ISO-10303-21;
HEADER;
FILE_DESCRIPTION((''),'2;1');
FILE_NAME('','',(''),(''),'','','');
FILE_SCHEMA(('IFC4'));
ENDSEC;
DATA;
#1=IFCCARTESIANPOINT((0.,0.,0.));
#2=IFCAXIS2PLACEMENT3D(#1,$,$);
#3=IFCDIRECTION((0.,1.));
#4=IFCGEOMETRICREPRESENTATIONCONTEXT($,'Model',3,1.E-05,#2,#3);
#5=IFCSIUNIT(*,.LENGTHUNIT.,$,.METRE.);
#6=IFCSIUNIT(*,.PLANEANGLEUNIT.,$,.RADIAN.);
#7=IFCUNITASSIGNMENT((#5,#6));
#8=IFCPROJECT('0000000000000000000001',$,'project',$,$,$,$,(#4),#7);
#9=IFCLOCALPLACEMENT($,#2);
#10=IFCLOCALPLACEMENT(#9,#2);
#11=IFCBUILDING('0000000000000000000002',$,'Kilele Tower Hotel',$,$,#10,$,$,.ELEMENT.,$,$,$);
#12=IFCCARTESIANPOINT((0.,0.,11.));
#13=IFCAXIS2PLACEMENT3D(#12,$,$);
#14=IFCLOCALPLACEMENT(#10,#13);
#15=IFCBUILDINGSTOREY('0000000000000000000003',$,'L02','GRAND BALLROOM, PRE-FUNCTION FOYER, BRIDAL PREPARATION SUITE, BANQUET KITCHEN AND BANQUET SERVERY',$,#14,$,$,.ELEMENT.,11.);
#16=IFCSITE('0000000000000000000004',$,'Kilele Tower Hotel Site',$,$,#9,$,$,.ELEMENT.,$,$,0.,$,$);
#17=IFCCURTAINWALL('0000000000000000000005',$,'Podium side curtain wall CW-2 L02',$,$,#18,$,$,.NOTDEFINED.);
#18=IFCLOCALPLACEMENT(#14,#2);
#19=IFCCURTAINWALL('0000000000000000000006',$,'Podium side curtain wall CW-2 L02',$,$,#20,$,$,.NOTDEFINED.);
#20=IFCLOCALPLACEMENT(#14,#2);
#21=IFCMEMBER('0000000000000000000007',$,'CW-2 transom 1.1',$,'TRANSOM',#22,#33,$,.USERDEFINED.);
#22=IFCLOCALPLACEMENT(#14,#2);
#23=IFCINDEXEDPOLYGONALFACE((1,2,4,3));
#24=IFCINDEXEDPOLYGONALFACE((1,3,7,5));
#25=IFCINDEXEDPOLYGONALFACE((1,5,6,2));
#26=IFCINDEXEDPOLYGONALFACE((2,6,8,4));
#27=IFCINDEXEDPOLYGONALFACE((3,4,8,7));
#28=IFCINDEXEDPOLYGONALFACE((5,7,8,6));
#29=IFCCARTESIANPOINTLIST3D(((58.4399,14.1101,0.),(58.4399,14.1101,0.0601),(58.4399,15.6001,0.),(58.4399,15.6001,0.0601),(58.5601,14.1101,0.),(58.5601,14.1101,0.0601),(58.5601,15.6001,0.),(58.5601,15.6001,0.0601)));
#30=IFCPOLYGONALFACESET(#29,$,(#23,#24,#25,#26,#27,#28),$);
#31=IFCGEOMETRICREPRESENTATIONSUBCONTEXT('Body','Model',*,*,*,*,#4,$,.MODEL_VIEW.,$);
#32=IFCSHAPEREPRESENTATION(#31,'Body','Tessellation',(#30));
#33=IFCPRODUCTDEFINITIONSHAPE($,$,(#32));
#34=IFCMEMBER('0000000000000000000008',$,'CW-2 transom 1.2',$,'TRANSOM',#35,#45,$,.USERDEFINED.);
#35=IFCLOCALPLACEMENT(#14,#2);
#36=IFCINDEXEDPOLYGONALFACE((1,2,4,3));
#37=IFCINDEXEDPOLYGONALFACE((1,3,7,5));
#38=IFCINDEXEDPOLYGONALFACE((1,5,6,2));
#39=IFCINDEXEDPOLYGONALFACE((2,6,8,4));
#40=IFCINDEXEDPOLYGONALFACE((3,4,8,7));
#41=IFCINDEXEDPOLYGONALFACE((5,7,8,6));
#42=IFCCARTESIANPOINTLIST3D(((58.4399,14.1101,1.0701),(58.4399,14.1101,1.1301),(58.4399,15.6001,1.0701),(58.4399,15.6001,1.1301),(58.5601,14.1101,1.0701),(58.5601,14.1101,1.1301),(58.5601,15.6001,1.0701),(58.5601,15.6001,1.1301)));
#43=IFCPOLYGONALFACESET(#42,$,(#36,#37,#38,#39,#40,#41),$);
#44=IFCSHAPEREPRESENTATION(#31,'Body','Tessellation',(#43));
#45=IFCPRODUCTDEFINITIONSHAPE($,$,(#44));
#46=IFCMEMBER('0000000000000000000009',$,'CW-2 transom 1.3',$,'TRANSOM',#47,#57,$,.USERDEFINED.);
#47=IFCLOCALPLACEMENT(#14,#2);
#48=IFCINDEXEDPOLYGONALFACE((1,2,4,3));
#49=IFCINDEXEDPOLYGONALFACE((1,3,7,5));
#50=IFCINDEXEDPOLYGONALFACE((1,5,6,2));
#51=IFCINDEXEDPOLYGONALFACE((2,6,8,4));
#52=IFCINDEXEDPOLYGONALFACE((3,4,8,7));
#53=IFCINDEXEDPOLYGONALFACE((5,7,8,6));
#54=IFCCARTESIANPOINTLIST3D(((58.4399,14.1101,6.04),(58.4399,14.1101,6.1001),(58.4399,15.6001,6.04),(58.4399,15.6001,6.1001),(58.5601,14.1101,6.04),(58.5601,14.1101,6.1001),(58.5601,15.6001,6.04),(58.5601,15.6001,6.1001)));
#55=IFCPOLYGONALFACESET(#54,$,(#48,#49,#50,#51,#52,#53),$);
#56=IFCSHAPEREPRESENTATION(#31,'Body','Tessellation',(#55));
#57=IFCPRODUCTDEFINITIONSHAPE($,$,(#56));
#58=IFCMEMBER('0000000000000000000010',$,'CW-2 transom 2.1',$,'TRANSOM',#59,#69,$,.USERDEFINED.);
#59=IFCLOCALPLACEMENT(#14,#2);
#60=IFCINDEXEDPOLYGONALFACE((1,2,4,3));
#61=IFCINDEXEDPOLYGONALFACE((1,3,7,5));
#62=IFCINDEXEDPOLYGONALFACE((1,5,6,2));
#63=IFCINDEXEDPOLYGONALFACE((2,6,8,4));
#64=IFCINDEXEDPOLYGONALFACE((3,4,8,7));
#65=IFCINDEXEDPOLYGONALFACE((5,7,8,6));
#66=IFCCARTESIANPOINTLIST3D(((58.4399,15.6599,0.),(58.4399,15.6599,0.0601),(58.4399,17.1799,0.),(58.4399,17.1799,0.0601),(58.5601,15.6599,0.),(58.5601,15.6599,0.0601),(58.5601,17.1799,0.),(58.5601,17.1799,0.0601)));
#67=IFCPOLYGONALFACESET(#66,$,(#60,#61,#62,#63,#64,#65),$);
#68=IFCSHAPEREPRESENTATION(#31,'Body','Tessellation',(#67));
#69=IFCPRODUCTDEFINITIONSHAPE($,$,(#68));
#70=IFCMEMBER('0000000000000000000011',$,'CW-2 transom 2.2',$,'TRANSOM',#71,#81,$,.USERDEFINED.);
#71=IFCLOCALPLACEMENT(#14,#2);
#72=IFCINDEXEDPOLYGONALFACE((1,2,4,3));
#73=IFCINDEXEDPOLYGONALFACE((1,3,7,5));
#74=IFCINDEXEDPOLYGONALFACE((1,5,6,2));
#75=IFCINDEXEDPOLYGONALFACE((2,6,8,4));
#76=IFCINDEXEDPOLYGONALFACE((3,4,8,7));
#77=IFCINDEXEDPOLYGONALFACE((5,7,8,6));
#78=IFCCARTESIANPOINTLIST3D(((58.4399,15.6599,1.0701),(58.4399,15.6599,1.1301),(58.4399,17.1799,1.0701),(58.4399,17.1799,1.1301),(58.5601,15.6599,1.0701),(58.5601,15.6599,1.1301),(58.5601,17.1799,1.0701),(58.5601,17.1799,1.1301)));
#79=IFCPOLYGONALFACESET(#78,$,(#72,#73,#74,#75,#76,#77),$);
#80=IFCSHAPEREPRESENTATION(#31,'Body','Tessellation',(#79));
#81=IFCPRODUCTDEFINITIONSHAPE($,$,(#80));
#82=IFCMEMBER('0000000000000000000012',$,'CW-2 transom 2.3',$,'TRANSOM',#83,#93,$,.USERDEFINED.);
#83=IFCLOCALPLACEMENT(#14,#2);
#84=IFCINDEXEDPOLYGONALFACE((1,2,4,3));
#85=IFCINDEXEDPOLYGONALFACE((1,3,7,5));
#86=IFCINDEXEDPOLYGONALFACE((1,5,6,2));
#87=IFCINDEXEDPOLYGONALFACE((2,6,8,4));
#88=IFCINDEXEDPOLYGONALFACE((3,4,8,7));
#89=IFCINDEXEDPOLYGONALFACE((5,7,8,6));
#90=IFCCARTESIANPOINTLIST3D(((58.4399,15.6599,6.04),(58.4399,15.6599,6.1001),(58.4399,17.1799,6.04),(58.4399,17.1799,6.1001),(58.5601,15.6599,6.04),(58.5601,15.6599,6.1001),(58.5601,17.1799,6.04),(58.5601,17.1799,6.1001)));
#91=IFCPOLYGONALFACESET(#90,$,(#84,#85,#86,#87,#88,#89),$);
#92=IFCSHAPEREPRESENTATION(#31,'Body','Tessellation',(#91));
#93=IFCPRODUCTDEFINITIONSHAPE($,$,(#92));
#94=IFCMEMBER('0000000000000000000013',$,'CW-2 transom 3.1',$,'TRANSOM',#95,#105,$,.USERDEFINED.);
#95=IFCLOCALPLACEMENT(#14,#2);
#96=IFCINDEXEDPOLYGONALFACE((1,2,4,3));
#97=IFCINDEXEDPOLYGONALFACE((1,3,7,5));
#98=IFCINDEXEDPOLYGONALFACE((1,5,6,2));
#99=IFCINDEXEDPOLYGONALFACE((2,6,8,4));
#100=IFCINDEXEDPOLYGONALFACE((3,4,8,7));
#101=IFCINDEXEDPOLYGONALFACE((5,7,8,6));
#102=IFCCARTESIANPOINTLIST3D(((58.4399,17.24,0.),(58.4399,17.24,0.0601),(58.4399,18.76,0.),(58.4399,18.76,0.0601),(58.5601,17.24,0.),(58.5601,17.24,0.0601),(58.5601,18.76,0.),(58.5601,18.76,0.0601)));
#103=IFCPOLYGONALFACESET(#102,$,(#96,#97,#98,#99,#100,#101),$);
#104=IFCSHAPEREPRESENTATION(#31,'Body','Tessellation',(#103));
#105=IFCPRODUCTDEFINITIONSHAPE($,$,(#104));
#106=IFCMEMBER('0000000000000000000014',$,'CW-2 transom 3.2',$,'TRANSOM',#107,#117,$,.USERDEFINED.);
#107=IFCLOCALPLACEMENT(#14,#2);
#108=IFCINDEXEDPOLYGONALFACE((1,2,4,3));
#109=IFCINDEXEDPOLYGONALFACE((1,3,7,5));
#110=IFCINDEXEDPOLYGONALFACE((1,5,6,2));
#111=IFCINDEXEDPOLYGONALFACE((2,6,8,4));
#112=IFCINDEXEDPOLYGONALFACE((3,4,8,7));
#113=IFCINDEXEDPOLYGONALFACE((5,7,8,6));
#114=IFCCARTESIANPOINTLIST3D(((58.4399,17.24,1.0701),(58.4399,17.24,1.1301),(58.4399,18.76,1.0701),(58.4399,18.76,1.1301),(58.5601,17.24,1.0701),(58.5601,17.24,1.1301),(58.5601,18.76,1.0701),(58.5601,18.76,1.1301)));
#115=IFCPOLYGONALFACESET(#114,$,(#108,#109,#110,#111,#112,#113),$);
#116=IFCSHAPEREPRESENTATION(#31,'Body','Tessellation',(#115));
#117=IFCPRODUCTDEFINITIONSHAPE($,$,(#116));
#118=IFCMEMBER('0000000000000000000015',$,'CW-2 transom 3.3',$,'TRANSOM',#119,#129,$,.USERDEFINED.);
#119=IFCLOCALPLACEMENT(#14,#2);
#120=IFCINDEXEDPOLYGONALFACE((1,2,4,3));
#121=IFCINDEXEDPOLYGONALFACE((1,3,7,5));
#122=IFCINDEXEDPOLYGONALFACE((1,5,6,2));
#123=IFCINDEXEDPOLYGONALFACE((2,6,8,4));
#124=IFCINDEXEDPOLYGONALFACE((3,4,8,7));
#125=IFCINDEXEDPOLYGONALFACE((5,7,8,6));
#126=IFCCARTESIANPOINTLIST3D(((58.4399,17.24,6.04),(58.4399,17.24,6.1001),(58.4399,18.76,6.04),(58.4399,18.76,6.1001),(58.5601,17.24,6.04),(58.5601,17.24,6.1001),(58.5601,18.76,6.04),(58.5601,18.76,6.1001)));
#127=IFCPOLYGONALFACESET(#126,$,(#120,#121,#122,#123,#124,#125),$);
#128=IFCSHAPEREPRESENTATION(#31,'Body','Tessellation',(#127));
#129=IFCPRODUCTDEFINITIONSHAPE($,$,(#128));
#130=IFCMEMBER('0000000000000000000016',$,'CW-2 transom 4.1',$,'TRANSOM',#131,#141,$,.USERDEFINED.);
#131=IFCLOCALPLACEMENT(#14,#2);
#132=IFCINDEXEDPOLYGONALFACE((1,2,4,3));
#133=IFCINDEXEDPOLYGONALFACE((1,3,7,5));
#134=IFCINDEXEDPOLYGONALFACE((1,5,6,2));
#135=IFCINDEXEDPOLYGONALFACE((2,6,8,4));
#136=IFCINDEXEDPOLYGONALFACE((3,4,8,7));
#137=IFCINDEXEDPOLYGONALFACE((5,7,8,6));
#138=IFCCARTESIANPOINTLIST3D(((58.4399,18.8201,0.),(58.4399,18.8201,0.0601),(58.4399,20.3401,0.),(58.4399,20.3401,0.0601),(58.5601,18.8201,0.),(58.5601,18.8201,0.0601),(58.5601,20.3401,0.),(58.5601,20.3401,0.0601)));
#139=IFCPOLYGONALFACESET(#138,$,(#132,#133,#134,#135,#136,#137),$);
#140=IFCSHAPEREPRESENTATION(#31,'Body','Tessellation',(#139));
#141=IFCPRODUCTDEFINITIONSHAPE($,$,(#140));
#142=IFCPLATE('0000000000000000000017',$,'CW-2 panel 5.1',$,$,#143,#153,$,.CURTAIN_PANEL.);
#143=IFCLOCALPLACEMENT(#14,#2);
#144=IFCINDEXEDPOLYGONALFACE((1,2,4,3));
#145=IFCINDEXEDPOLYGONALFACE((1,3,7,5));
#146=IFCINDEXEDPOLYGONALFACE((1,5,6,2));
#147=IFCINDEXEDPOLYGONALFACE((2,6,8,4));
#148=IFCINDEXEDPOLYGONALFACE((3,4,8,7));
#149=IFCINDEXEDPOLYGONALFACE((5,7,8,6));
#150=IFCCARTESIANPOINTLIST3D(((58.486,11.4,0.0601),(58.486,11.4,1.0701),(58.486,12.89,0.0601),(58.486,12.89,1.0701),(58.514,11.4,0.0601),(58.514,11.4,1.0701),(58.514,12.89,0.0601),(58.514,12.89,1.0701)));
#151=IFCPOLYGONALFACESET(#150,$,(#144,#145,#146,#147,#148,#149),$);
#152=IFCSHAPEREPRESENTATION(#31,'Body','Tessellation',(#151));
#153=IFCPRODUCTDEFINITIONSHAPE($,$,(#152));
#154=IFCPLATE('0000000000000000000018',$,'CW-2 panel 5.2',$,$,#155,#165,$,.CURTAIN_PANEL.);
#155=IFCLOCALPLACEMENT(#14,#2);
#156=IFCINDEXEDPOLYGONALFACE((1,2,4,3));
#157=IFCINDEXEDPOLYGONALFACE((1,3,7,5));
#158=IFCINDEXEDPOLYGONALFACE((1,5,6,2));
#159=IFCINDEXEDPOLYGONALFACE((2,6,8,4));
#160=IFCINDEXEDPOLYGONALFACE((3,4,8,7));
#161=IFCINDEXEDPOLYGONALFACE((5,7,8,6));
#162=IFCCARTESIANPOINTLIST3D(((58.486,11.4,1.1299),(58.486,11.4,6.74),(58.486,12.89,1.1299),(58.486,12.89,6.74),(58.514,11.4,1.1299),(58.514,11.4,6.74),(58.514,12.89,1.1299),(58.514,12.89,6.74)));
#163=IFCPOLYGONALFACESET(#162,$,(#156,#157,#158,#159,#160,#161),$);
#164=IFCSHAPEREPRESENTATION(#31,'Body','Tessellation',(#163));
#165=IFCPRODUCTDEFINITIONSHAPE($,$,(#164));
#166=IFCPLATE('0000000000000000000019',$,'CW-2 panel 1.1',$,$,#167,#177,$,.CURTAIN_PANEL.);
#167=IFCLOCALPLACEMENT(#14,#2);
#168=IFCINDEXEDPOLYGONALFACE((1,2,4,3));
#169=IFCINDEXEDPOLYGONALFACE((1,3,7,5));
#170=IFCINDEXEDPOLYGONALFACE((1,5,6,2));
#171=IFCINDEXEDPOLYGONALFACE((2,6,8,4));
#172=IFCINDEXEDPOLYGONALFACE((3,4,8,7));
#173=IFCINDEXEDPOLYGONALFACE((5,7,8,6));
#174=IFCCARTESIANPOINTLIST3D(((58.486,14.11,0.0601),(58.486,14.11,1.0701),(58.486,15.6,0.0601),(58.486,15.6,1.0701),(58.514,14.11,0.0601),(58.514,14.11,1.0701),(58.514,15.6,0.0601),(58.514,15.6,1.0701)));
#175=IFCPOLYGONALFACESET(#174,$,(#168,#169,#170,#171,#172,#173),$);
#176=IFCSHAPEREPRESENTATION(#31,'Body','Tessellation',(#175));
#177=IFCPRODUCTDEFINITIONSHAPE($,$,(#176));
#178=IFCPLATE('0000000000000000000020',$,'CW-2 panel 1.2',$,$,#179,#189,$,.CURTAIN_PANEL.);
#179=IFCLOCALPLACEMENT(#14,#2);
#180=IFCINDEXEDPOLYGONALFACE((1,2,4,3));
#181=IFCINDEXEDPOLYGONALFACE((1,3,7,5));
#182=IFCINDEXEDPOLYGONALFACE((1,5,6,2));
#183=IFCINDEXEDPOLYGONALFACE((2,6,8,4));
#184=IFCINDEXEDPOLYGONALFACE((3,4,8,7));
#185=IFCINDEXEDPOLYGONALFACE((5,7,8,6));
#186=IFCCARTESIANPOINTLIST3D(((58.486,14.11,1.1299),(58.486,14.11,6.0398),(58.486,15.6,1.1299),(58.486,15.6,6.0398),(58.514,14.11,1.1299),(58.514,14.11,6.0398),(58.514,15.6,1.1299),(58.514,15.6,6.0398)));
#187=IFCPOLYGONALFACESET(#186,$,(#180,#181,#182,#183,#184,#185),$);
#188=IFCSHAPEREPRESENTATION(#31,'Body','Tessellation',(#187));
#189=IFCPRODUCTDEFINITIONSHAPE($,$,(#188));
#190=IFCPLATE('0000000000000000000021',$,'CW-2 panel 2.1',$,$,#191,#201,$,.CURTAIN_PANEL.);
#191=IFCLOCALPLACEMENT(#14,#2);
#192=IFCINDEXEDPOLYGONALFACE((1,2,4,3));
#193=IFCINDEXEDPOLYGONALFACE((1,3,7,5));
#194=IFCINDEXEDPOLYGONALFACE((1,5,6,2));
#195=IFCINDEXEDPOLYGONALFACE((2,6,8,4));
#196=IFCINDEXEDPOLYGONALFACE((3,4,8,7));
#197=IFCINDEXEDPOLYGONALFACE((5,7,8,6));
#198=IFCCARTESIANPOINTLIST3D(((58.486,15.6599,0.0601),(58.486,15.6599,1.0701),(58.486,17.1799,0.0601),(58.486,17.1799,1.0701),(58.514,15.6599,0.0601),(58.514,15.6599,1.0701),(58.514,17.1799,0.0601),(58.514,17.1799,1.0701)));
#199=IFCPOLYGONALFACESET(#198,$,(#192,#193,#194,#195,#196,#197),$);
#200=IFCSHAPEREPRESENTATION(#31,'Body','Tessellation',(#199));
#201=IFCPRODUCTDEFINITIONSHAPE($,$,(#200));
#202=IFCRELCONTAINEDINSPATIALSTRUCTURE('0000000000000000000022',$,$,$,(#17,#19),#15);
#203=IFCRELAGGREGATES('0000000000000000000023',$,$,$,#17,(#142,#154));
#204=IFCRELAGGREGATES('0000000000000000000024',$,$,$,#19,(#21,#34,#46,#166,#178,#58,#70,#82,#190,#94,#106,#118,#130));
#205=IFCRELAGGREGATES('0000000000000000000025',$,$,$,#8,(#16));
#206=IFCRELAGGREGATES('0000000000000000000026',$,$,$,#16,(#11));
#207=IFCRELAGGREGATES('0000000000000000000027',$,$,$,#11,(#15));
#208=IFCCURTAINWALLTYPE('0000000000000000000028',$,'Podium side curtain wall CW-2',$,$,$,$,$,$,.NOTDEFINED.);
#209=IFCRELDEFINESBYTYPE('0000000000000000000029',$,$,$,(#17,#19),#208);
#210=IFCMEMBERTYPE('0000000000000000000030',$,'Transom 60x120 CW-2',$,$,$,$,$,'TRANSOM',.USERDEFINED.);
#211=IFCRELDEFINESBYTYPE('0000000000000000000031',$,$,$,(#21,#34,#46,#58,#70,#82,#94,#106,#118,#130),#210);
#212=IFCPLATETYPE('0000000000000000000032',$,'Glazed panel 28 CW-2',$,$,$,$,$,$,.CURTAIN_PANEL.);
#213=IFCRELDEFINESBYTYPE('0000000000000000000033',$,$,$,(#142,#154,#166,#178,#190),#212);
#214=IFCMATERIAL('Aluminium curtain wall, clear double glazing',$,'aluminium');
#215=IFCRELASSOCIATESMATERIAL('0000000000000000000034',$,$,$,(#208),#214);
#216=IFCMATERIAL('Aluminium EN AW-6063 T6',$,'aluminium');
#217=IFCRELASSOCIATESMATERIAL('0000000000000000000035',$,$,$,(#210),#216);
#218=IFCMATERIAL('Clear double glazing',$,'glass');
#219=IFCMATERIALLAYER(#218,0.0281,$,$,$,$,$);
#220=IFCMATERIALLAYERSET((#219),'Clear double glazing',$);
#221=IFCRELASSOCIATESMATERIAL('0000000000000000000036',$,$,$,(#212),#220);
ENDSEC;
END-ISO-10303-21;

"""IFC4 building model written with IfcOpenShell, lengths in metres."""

from ifc_helpers import new_model, si_unit, direction, frame, origin, origin_2d, place, context, subcontext, project, spatial, rectangle, extrude, material, layer, layer_set, material_profile, profile_set, type_object, element, aggregate, save


model = new_model("IFC4")

# Units and contexts
model_context = context("Model", 3, precision=1e-05, world=origin(), true_north=direction((0.0, 1.0)))
body_context = subcontext(model_context, "Body", "Model", "MODEL_VIEW")
ifc_project = project(units=[si_unit("LENGTHUNIT", "METRE"), si_unit("PLANEANGLEUNIT", "RADIAN")], contexts=[model_context])

# Site, building, storey
site_placement = place(None, origin())
site = spatial("IfcSite", under=ifc_project, at=site_placement, Name="Kilele Tower Hotel Site", CompositionType="ELEMENT", RefElevation=0.0)
building_placement = place(site_placement, origin())
building = spatial("IfcBuilding", under=site, at=building_placement, Name="Kilele Tower Hotel", CompositionType="ELEMENT")
storey_placement = place(building_placement, frame((0.0, 0.0, 11.0)))
storey = spatial("IfcBuildingStorey", under=building, at=storey_placement, Name="L02", Description="GRAND BALLROOM, PRE-FUNCTION FOYER, BRIDAL PREPARATION SUITE, BANQUET KITCHEN AND BANQUET SERVERY", CompositionType="ELEMENT", Elevation=11.0)

# Curtain wall
ifc_material_1 = material(Name="Aluminium curtain wall, clear double glazing", Category="aluminium")
curtain_wall_type = type_object("IfcCurtainWallType", Name="Podium side curtain wall CW-2", PredefinedType="NOTDEFINED", material=ifc_material_1)
curtain_wall_1_placement = place(storey_placement, origin())
curtain_wall_1 = element("IfcCurtainWall", 1, at=curtain_wall_1_placement, inside=storey, type_object=curtain_wall_type, Name="Podium side curtain wall CW-2 L02", PredefinedType="NOTDEFINED")

# Curtain wall
curtain_wall_2_placement = place(storey_placement, origin())
curtain_wall_2 = element("IfcCurtainWall", 2, at=curtain_wall_2_placement, inside=storey, type_object=curtain_wall_type, Name="Podium side curtain wall CW-2 L02", PredefinedType="NOTDEFINED")

# Members
ifc_material_2 = material(Name="Aluminium EN AW-6063 T6", Category="aluminium")
ifc_material_profile_1 = material_profile(ifc_material_2, rectangle(XDim=0.1201, YDim=0.0601, at=origin_2d()))
ifc_profile_set_1 = profile_set([ifc_material_profile_1], Name="Aluminium EN AW-6063 T6")
member_type_1 = type_object("IfcMemberType", Name="Transom 60x120 CW-2", ElementType="TRANSOM", PredefinedType="USERDEFINED", material=ifc_profile_set_1)
member_1_placement = place(storey_placement, frame((58.5, 14.1101, 0.03), z_axis=(0.0, 1.0, 0.0), x_axis=(-1.0, 0.0, 0.0)))
member_1 = element("IfcMember", 3, at=member_1_placement, type_object=member_type_1, Name="CW-2 transom 1.1", ObjectType="TRANSOM", PredefinedType="USERDEFINED", context=body_context, shape_type="SweptSolid", body=[
    extrude(rectangle(XDim=0.1201, YDim=0.0601, at=origin_2d()), origin(), (0.0, 0.0, 1.0), 1.49),
])
member_2_placement = place(storey_placement, frame((58.5, 14.1101, 1.1001), z_axis=(0.0, 1.0, 0.0), x_axis=(-1.0, 0.0, 0.0)))
member_2 = element("IfcMember", 4, at=member_2_placement, type_object=member_type_1, Name="CW-2 transom 1.2", ObjectType="TRANSOM", PredefinedType="USERDEFINED", context=body_context, shape_type="SweptSolid", body=[
    extrude(rectangle(XDim=0.1201, YDim=0.0601, at=origin_2d()), origin(), (0.0, 0.0, 1.0), 1.49),
])
member_3_placement = place(storey_placement, frame((58.5, 14.1101, 6.0701), z_axis=(0.0, 1.0, 0.0), x_axis=(-1.0, 0.0, 0.0)))
member_3 = element("IfcMember", 5, at=member_3_placement, type_object=member_type_1, Name="CW-2 transom 1.3", ObjectType="TRANSOM", PredefinedType="USERDEFINED", context=body_context, shape_type="SweptSolid", body=[
    extrude(rectangle(XDim=0.1201, YDim=0.0601, at=origin_2d()), origin(), (0.0, 0.0, 1.0), 1.49),
])
member_4_placement = place(storey_placement, frame((58.5, 15.6599, 0.03), z_axis=(0.0, 1.0, 0.0), x_axis=(-1.0, 0.0, 0.0)))
member_4 = element("IfcMember", 6, at=member_4_placement, type_object=member_type_1, Name="CW-2 transom 2.1", ObjectType="TRANSOM", PredefinedType="USERDEFINED", context=body_context, shape_type="SweptSolid", body=[
    extrude(rectangle(XDim=0.1201, YDim=0.0601, at=origin_2d()), origin(), (0.0, 0.0, 1.0), 1.52),
])
member_5_placement = place(storey_placement, frame((58.5, 15.6599, 1.1001), z_axis=(0.0, 1.0, 0.0), x_axis=(-1.0, 0.0, 0.0)))
member_5 = element("IfcMember", 7, at=member_5_placement, type_object=member_type_1, Name="CW-2 transom 2.2", ObjectType="TRANSOM", PredefinedType="USERDEFINED", context=body_context, shape_type="SweptSolid", body=[
    extrude(rectangle(XDim=0.1201, YDim=0.0601, at=origin_2d()), origin(), (0.0, 0.0, 1.0), 1.52),
])
member_6_placement = place(storey_placement, frame((58.5, 15.6599, 6.0701), z_axis=(0.0, 1.0, 0.0), x_axis=(-1.0, 0.0, 0.0)))
member_6 = element("IfcMember", 8, at=member_6_placement, type_object=member_type_1, Name="CW-2 transom 2.3", ObjectType="TRANSOM", PredefinedType="USERDEFINED", context=body_context, shape_type="SweptSolid", body=[
    extrude(rectangle(XDim=0.1201, YDim=0.0601, at=origin_2d()), origin(), (0.0, 0.0, 1.0), 1.52),
])
member_7_placement = place(storey_placement, frame((58.5, 17.24, 0.03), z_axis=(0.0, 1.0, 0.0), x_axis=(-1.0, 0.0, 0.0)))
member_7 = element("IfcMember", 9, at=member_7_placement, type_object=member_type_1, Name="CW-2 transom 3.1", ObjectType="TRANSOM", PredefinedType="USERDEFINED", context=body_context, shape_type="SweptSolid", body=[
    extrude(rectangle(XDim=0.1201, YDim=0.0601, at=origin_2d()), origin(), (0.0, 0.0, 1.0), 1.52),
])
member_8_placement = place(storey_placement, frame((58.5, 17.24, 1.1001), z_axis=(0.0, 1.0, 0.0), x_axis=(-1.0, 0.0, 0.0)))
member_8 = element("IfcMember", 10, at=member_8_placement, type_object=member_type_1, Name="CW-2 transom 3.2", ObjectType="TRANSOM", PredefinedType="USERDEFINED", context=body_context, shape_type="SweptSolid", body=[
    extrude(rectangle(XDim=0.1201, YDim=0.0601, at=origin_2d()), origin(), (0.0, 0.0, 1.0), 1.52),
])
member_9_placement = place(storey_placement, frame((58.5, 17.24, 6.0701), z_axis=(0.0, 1.0, 0.0), x_axis=(-1.0, 0.0, 0.0)))
member_9 = element("IfcMember", 11, at=member_9_placement, type_object=member_type_1, Name="CW-2 transom 3.3", ObjectType="TRANSOM", PredefinedType="USERDEFINED", context=body_context, shape_type="SweptSolid", body=[
    extrude(rectangle(XDim=0.1201, YDim=0.0601, at=origin_2d()), origin(), (0.0, 0.0, 1.0), 1.52),
])
member_10_placement = place(storey_placement, frame((58.5, 18.8201, 0.03), z_axis=(0.0, 1.0, 0.0), x_axis=(-1.0, 0.0, 0.0)))
member_10 = element("IfcMember", 12, at=member_10_placement, type_object=member_type_1, Name="CW-2 transom 4.1", ObjectType="TRANSOM", PredefinedType="USERDEFINED", context=body_context, shape_type="SweptSolid", body=[
    extrude(rectangle(XDim=0.1201, YDim=0.0601, at=origin_2d()), origin(), (0.0, 0.0, 1.0), 1.52),
])

# Plates
ifc_material_3 = material(Name="Clear double glazing", Category="glass")
ifc_layer_1 = layer(ifc_material_3, 0.0281)
ifc_layer_set_1 = layer_set([ifc_layer_1], Name="Clear double glazing")
plate_type = type_object("IfcPlateType", Name="Glazed panel 28 CW-2", PredefinedType="CURTAIN_PANEL", material=ifc_layer_set_1)
plate_1_placement = place(storey_placement, frame((58.5, 12.145, 0.0601), z_axis=(0.0, 0.0, 1.0), x_axis=(0.0, 1.0, 0.0)))
plate_1 = element("IfcPlate", 13, at=plate_1_placement, type_object=plate_type, Name="CW-2 panel 5.1", PredefinedType="CURTAIN_PANEL", context=body_context, shape_type="SweptSolid", body=[
    extrude(rectangle(XDim=1.49, YDim=0.0281, at=origin_2d()), origin(), (0.0, 0.0, 1.0), 1.01),
])
plate_2_placement = place(storey_placement, frame((58.5, 12.145, 1.1299), z_axis=(0.0, 0.0, 1.0), x_axis=(0.0, 1.0, 0.0)))
plate_2 = element("IfcPlate", 14, at=plate_2_placement, type_object=plate_type, Name="CW-2 panel 5.2", PredefinedType="CURTAIN_PANEL", context=body_context, shape_type="SweptSolid", body=[
    extrude(rectangle(XDim=1.49, YDim=0.0281, at=origin_2d()), origin(), (0.0, 0.0, 1.0), 5.6101),
])
aggregate(curtain_wall_1, [plate_1, plate_2])
plate_3_placement = place(storey_placement, frame((58.5, 14.855, 0.0601), z_axis=(0.0, 0.0, 1.0), x_axis=(0.0, 1.0, 0.0)))
plate_3 = element("IfcPlate", 15, at=plate_3_placement, type_object=plate_type, Name="CW-2 panel 1.1", PredefinedType="CURTAIN_PANEL", context=body_context, shape_type="SweptSolid", body=[
    extrude(rectangle(XDim=1.49, YDim=0.0281, at=origin_2d()), origin(), (0.0, 0.0, 1.0), 1.01),
])
plate_4_placement = place(storey_placement, frame((58.5, 14.855, 1.1299), z_axis=(0.0, 0.0, 1.0), x_axis=(0.0, 1.0, 0.0)))
plate_4 = element("IfcPlate", 16, at=plate_4_placement, type_object=plate_type, Name="CW-2 panel 1.2", PredefinedType="CURTAIN_PANEL", context=body_context, shape_type="SweptSolid", body=[
    extrude(rectangle(XDim=1.49, YDim=0.0281, at=origin_2d()), origin(), (0.0, 0.0, 1.0), 4.9099),
])
plate_5_placement = place(storey_placement, frame((58.5, 16.4199, 0.0601), z_axis=(0.0, 0.0, 1.0), x_axis=(0.0, 1.0, 0.0)))
plate_5 = element("IfcPlate", 17, at=plate_5_placement, type_object=plate_type, Name="CW-2 panel 2.1", PredefinedType="CURTAIN_PANEL", context=body_context, shape_type="SweptSolid", body=[
    extrude(rectangle(XDim=1.52, YDim=0.0281, at=origin_2d()), origin(), (0.0, 0.0, 1.0), 1.01),
])
aggregate(curtain_wall_2, [member_1, member_2, member_3, plate_3, plate_4, member_4, member_5, member_6, plate_5, member_7, member_8, member_9, member_10])

save(model, "model.ifc")
